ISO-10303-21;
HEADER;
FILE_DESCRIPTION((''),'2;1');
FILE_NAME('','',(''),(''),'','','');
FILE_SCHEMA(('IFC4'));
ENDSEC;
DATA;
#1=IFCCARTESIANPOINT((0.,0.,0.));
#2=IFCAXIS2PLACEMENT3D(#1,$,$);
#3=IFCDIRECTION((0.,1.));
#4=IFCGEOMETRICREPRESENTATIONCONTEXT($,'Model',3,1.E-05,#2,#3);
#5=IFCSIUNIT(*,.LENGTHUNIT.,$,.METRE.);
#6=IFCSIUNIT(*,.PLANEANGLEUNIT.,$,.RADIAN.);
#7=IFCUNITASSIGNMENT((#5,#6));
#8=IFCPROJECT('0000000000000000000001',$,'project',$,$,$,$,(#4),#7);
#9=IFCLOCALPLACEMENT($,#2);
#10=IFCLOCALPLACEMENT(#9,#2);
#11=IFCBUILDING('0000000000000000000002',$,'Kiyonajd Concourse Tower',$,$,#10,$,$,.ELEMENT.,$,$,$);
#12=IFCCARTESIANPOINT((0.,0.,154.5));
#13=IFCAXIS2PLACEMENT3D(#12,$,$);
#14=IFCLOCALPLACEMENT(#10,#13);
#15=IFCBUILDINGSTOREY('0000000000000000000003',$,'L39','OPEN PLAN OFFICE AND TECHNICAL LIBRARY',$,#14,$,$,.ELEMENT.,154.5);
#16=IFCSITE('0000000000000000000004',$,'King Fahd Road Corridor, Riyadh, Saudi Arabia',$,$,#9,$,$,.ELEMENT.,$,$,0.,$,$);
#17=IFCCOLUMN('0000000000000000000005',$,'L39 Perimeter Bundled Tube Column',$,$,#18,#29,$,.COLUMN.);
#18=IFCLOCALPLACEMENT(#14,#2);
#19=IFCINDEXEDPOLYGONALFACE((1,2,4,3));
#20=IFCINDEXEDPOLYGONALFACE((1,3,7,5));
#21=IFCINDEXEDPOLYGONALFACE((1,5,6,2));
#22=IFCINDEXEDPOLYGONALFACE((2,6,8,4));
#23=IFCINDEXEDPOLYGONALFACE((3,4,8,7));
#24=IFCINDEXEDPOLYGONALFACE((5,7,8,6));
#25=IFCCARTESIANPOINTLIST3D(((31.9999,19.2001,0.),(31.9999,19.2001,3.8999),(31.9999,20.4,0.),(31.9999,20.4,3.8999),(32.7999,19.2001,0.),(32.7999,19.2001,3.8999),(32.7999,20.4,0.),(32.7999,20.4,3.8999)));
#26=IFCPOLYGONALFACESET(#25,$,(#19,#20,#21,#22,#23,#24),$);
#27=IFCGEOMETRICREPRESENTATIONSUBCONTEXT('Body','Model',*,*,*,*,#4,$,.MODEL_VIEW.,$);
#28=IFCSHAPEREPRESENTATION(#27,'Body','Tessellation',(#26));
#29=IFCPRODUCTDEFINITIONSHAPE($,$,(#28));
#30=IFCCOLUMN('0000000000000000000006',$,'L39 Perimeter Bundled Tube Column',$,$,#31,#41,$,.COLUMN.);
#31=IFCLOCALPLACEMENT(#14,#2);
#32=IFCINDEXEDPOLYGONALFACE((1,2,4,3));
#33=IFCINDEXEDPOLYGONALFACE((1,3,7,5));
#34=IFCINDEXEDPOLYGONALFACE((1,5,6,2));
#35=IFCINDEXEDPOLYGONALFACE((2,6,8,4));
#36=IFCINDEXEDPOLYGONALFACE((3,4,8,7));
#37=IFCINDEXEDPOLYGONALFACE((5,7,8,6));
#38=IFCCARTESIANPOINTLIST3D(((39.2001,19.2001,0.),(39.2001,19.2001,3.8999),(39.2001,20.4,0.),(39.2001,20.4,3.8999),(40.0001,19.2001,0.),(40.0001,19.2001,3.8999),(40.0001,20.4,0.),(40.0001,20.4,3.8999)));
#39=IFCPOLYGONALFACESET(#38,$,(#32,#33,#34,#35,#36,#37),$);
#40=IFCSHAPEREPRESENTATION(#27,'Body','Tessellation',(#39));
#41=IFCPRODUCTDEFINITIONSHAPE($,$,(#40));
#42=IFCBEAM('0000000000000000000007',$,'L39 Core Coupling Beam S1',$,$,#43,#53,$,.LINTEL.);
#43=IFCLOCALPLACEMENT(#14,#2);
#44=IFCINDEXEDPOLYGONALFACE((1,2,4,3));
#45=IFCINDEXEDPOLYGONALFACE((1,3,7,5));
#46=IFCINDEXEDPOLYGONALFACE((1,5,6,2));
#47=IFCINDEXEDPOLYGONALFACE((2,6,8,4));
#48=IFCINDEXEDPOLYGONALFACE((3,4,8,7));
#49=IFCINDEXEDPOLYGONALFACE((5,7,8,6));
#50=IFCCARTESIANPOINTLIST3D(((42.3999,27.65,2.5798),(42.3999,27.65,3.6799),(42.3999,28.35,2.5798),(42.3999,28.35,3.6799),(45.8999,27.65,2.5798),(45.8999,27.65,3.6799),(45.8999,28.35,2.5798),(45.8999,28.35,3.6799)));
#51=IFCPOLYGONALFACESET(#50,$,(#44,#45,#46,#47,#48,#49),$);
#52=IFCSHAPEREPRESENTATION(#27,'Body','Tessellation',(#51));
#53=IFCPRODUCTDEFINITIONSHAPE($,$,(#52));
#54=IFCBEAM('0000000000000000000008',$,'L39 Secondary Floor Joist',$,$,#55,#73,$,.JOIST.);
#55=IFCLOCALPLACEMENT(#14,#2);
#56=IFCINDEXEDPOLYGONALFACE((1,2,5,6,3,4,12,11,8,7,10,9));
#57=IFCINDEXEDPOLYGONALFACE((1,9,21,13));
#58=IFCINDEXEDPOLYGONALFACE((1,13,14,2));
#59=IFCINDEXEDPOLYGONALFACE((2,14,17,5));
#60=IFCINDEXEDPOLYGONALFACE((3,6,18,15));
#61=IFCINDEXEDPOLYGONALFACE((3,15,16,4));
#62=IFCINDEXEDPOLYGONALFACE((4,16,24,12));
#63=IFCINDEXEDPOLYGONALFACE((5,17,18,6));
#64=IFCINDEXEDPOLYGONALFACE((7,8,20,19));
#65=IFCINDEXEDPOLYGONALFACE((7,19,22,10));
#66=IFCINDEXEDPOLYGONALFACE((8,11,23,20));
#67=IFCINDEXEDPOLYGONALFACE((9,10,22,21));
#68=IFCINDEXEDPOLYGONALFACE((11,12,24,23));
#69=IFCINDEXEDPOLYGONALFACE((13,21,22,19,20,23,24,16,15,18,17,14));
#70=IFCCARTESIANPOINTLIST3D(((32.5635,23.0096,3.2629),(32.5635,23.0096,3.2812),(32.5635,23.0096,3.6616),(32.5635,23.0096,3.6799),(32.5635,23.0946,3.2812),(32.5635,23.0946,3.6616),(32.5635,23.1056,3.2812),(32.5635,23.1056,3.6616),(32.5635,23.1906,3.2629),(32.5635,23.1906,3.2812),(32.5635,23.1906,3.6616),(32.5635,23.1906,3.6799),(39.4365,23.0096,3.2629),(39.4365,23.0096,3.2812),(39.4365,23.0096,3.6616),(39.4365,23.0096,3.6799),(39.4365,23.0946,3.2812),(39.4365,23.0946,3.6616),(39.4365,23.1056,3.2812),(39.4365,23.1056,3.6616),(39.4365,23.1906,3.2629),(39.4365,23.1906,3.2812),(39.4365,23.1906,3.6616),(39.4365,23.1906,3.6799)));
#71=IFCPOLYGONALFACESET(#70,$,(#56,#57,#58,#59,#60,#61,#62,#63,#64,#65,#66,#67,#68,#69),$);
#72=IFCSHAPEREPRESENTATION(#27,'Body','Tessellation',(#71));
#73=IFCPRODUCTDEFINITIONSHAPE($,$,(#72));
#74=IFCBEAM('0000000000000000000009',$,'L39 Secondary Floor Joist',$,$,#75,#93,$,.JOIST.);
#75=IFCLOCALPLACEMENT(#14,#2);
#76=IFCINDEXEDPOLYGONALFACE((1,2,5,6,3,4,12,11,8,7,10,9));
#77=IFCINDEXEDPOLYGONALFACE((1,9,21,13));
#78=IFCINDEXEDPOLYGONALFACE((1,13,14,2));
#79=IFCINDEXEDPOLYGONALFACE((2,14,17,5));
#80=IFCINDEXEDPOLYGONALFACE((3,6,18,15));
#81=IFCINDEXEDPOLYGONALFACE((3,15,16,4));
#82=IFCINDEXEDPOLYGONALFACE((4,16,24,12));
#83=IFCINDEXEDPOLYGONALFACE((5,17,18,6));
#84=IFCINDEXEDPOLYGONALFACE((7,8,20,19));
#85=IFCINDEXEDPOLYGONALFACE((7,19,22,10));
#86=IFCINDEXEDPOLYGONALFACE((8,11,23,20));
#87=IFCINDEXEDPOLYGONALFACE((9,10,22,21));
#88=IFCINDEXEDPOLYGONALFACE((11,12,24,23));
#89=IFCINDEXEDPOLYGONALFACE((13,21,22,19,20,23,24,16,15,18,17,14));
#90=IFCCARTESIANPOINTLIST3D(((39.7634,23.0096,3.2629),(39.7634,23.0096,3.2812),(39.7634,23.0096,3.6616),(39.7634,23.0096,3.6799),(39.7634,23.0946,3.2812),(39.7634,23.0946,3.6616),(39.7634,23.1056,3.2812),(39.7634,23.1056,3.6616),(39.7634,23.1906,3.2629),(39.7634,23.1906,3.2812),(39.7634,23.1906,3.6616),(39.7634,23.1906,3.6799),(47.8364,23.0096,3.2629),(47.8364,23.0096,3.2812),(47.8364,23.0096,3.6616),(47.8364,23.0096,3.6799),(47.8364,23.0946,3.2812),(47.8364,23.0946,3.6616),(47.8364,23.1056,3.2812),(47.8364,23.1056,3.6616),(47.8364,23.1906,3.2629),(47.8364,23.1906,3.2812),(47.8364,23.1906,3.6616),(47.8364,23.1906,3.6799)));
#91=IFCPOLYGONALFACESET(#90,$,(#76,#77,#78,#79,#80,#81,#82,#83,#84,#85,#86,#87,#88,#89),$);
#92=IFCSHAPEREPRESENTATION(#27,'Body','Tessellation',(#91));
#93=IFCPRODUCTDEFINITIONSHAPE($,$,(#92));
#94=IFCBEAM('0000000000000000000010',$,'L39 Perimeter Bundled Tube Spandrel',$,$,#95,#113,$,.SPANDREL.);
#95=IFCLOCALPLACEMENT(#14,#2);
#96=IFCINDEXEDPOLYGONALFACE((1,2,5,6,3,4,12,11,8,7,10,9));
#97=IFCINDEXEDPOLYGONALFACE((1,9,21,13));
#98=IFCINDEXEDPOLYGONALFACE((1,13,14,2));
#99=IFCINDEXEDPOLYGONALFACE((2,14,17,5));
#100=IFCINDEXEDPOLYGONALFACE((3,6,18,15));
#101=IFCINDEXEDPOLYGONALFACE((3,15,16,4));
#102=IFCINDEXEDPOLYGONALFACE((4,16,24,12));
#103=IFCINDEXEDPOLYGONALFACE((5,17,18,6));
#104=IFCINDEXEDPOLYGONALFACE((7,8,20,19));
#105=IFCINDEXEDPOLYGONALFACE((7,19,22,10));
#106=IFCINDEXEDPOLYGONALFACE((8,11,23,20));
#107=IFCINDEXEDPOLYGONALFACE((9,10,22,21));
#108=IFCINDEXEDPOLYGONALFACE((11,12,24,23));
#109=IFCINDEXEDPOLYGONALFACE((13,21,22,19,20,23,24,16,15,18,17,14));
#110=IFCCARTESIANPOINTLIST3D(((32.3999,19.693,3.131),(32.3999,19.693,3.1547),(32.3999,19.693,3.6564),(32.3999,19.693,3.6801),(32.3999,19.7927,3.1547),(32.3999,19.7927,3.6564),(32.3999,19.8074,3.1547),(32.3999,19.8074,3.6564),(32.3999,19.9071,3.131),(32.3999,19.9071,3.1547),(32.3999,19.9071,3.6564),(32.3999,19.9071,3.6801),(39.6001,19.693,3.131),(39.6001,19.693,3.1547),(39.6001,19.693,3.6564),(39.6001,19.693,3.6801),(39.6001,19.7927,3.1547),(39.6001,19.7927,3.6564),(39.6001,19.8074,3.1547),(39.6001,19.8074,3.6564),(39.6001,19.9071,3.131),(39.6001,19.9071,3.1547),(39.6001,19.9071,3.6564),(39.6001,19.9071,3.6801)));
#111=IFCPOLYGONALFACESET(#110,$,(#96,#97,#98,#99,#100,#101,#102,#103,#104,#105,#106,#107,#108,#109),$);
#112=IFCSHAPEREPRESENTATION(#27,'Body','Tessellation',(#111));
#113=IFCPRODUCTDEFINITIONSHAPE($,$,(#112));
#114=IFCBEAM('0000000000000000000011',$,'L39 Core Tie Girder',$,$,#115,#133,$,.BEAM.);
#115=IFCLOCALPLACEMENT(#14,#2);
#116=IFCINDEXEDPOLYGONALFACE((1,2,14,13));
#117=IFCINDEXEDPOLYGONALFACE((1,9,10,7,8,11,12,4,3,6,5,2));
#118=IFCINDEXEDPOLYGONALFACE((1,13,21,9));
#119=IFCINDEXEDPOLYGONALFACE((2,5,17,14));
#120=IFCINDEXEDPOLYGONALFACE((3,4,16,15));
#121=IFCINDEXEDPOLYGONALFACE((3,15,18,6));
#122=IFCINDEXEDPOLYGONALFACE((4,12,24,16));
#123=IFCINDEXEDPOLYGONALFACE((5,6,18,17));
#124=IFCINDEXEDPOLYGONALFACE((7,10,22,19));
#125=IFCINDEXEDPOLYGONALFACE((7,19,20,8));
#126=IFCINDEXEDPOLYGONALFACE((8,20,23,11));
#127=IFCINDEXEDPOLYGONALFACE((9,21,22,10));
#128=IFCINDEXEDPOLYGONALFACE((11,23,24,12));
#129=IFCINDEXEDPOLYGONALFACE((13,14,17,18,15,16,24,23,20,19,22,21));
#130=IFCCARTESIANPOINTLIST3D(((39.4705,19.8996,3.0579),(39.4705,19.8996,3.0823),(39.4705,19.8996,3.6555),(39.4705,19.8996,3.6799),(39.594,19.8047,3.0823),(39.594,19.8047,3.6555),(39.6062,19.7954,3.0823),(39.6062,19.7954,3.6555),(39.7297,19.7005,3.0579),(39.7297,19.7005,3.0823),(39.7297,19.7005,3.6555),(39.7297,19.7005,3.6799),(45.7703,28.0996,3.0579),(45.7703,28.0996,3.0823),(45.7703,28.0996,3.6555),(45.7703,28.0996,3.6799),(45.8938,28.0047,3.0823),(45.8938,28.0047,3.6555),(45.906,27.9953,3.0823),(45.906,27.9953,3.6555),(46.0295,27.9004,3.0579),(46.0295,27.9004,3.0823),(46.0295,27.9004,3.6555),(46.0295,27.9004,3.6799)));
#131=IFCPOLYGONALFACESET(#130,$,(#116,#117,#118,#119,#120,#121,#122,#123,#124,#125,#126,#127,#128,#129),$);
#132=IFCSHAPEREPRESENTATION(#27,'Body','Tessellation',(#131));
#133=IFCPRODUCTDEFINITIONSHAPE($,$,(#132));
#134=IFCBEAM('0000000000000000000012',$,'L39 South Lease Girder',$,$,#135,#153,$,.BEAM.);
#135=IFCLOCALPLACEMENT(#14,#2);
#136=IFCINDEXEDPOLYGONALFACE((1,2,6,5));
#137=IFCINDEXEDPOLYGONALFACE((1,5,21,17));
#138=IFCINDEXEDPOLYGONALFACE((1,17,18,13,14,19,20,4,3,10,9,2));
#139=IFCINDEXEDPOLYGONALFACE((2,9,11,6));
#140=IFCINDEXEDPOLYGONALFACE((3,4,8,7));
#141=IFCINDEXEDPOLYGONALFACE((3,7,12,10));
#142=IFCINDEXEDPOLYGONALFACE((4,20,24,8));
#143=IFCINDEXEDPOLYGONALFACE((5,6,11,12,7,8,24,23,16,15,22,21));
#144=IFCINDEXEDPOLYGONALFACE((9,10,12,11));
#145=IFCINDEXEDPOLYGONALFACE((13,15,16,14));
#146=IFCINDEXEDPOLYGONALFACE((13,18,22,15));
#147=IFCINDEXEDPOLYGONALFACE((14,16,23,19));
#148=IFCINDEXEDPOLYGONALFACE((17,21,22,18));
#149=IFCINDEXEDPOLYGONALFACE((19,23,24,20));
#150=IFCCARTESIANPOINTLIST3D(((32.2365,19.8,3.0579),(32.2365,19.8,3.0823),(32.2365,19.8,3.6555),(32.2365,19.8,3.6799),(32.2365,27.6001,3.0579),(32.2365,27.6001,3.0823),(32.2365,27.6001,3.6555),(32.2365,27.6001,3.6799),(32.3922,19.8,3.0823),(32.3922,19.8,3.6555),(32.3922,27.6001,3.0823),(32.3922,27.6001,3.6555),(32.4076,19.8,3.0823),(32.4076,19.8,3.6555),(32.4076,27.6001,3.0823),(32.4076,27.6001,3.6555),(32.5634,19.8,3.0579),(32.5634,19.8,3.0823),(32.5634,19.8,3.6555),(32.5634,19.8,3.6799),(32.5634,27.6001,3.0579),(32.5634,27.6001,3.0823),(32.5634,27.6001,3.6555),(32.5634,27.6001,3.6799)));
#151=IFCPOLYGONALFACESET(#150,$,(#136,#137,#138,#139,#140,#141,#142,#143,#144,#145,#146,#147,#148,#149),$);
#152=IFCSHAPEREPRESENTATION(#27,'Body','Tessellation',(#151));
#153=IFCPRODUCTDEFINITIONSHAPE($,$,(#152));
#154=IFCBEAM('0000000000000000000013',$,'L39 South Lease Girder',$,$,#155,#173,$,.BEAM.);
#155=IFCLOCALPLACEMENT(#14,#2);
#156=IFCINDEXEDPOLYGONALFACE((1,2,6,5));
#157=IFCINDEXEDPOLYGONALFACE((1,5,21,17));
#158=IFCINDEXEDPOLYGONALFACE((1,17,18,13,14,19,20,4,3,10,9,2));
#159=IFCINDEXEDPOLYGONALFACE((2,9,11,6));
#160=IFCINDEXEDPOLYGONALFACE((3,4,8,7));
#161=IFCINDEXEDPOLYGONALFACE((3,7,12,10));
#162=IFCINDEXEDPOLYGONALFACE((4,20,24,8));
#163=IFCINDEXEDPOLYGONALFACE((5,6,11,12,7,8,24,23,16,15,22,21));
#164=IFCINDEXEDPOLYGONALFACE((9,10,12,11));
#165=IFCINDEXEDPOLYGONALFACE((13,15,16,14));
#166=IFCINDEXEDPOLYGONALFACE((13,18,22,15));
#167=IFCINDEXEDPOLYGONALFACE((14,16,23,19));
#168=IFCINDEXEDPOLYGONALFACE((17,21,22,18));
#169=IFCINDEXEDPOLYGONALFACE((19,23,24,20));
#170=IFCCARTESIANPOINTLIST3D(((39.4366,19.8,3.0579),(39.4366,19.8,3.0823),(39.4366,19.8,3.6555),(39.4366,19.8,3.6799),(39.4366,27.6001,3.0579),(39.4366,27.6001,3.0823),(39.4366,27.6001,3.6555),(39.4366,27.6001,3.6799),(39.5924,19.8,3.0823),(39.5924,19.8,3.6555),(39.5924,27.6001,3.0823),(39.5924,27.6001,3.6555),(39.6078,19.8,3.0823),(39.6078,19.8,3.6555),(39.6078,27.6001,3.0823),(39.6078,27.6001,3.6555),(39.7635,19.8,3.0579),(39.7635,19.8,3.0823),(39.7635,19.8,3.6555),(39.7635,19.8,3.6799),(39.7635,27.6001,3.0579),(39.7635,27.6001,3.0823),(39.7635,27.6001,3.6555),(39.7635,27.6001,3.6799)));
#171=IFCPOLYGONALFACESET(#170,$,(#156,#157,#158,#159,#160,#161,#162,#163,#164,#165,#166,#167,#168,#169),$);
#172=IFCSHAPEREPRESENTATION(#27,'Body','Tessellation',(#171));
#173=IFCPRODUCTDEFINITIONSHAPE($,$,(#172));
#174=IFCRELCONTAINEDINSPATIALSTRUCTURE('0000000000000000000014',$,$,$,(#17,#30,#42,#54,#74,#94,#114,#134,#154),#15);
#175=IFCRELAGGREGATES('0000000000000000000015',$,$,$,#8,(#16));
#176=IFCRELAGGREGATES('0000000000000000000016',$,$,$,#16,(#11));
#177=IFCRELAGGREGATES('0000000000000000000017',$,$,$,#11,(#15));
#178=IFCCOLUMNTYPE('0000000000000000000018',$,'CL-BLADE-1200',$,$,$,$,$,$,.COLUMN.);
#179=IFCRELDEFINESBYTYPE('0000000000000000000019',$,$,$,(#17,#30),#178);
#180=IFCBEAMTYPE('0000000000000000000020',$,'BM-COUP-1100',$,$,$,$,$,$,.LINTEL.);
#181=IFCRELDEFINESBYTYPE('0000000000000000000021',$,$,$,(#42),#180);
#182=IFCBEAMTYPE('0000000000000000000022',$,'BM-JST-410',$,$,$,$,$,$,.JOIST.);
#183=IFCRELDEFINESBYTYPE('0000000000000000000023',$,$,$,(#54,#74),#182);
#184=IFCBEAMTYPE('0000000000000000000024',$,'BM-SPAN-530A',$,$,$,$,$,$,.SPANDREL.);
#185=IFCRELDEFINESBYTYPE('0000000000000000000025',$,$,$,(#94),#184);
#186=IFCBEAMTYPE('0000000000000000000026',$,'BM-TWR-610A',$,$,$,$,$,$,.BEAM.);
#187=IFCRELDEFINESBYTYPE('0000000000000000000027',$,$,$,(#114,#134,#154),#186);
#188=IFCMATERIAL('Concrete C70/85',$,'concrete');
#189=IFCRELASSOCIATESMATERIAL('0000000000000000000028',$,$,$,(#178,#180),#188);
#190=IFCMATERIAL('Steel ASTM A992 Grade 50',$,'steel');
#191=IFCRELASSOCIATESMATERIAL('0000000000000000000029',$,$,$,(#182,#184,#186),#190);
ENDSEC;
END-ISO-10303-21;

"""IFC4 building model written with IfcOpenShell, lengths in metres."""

from ifc_helpers import new_model, si_unit, direction, frame, origin, origin_2d, place, context, subcontext, project, spatial, rectangle, i_section, extrude, material, material_profile, profile_set, type_object, element, save


model = new_model("IFC4")

# Units and contexts
model_context = context("Model", 3, precision=1e-05, world=origin(), true_north=direction((0.0, 1.0)))
body_context = subcontext(model_context, "Body", "Model", "MODEL_VIEW")
ifc_project = project(units=[si_unit("LENGTHUNIT", "METRE"), si_unit("PLANEANGLEUNIT", "RADIAN")], contexts=[model_context])

# Site, building, storey
site_placement = place(None, origin())
site = spatial("IfcSite", under=ifc_project, at=site_placement, Name="King Fahd Road Corridor, Riyadh, Saudi Arabia", CompositionType="ELEMENT", RefElevation=0.0)
building_placement = place(site_placement, origin())
building = spatial("IfcBuilding", under=site, at=building_placement, Name="Kiyonajd Concourse Tower", CompositionType="ELEMENT")
storey_placement = place(building_placement, frame((0.0, 0.0, 154.5)))
storey = spatial("IfcBuildingStorey", under=building, at=storey_placement, Name="L39", Description="OPEN PLAN OFFICE AND TECHNICAL LIBRARY", CompositionType="ELEMENT", Elevation=154.5)

# Columns
ifc_material_1 = material(Name="Concrete C70/85", Category="concrete")
ifc_material_profile_1 = material_profile(ifc_material_1, rectangle(XDim=0.8, YDim=1.2, at=origin_2d()), Name="RC-1200x800")
ifc_profile_set_1 = profile_set([ifc_material_profile_1], Name="Concrete C70/85")
column_type = type_object("IfcColumnType", Name="CL-BLADE-1200", PredefinedType="COLUMN", material=ifc_profile_set_1)
for number, where, z_axis, x_axis, name in (
    (1, (32.3999, 19.8, 0.0), (0.0, 0.0, 1.0), (1.0, 0.0, 0.0), "L39 Perimeter Bundled Tube Column"),
    (2, (39.6001, 19.8, 0.0), (0.0, 0.0, 1.0), (1.0, 0.0, 0.0), "L39 Perimeter Bundled Tube Column"),
):
    element("IfcColumn", number, at=place(storey_placement, frame(where, z_axis=z_axis, x_axis=x_axis)), inside=storey, type_object=column_type, Name=name, PredefinedType="COLUMN", context=body_context, shape_type="SweptSolid", body=[
        extrude(rectangle(XDim=0.8, YDim=1.2, at=origin_2d()), origin(), (0.0, 0.0, 1.0), 3.8999),
    ])

# Beams
ifc_material_profile_2 = material_profile(ifc_material_1, rectangle(XDim=0.7, YDim=1.1001, at=origin_2d()), Name="RCBM-700x1100")
ifc_profile_set_2 = profile_set([ifc_material_profile_2], Name="Concrete C70/85")
beam_type_1 = type_object("IfcBeamType", Name="BM-COUP-1100", PredefinedType="LINTEL", material=ifc_profile_set_2)
beam_1_placement = place(storey_placement, frame((42.3999, 28.0, 3.1299), z_axis=(1.0, 0.0, 0.0), x_axis=(0.0, 1.0, 0.0)))
element("IfcBeam", 3, at=beam_1_placement, inside=storey, type_object=beam_type_1, Name="L39 Core Coupling Beam S1", PredefinedType="LINTEL", context=body_context, shape_type="SweptSolid", body=[
    extrude(rectangle(XDim=0.7, YDim=1.1001, at=origin_2d()), origin(), (0.0, 0.0, 1.0), 3.5),
])
ifc_material_2 = material(Name="Steel ASTM A992 Grade 50", Category="steel")
ifc_material_profile_3 = material_profile(ifc_material_2, i_section(OverallWidth=0.1809, OverallDepth=0.417, WebThickness=0.011, FlangeThickness=0.0183, at=origin_2d()), Name="W410X85")
ifc_profile_set_3 = profile_set([ifc_material_profile_3], Name="Steel ASTM A992 Grade 50")
beam_type_2 = type_object("IfcBeamType", Name="BM-JST-410", PredefinedType="JOIST", material=ifc_profile_set_3)
beam_2_placement = place(storey_placement, frame((32.5635, 23.1001, 3.4714), z_axis=(1.0, 0.0, 0.0), x_axis=(0.0, 1.0, 0.0)))
element("IfcBeam", 4, at=beam_2_placement, inside=storey, type_object=beam_type_2, Name="L39 Secondary Floor Joist", PredefinedType="JOIST", context=body_context, shape_type="SweptSolid", body=[
    extrude(i_section(OverallWidth=0.1809, OverallDepth=0.417, WebThickness=0.011, FlangeThickness=0.0183, at=origin_2d()), origin(), (0.0, 0.0, 1.0), 6.873),
])
beam_3_placement = place(storey_placement, frame((39.7634, 23.1001, 3.4714), z_axis=(1.0, 0.0, 0.0), x_axis=(0.0, 1.0, 0.0)))
element("IfcBeam", 5, at=beam_3_placement, inside=storey, type_object=beam_type_2, Name="L39 Secondary Floor Joist", PredefinedType="JOIST", context=body_context, shape_type="SweptSolid", body=[
    extrude(i_section(OverallWidth=0.1809, OverallDepth=0.417, WebThickness=0.011, FlangeThickness=0.0183, at=origin_2d()), origin(), (0.0, 0.0, 1.0), 8.073),
])
ifc_material_profile_4 = material_profile(ifc_material_2, i_section(OverallWidth=0.2141, OverallDepth=0.5491, WebThickness=0.0146, FlangeThickness=0.0237, at=origin_2d()), Name="W530X138")
ifc_profile_set_4 = profile_set([ifc_material_profile_4], Name="Steel ASTM A992 Grade 50")
beam_type_3 = type_object("IfcBeamType", Name="BM-SPAN-530A", PredefinedType="SPANDREL", material=ifc_profile_set_4)
beam_4_placement = place(storey_placement, frame((32.3999, 19.8, 3.4055), z_axis=(1.0, 0.0, 0.0), x_axis=(0.0, 1.0, 0.0)))
element("IfcBeam", 6, at=beam_4_placement, inside=storey, type_object=beam_type_3, Name="L39 Perimeter Bundled Tube Spandrel", PredefinedType="SPANDREL", context=body_context, shape_type="SweptSolid", body=[
    extrude(i_section(OverallWidth=0.2141, OverallDepth=0.5491, WebThickness=0.0146, FlangeThickness=0.0237, at=origin_2d()), origin(), (0.0, 0.0, 1.0), 7.2002),
])
ifc_material_profile_5 = material_profile(ifc_material_2, i_section(OverallWidth=0.3269, OverallDepth=0.6221, WebThickness=0.0154, FlangeThickness=0.0244, at=origin_2d()), Name="W610X195")
ifc_profile_set_5 = profile_set([ifc_material_profile_5], Name="Steel ASTM A992 Grade 50")
beam_type_4 = type_object("IfcBeamType", Name="BM-TWR-610A", PredefinedType="BEAM", material=ifc_profile_set_5)
beam_5_placement = place(storey_placement, frame((39.6001, 19.8, 3.3689), z_axis=(0.609234, 0.792991, 0.0), x_axis=(-0.792991, 0.609234, 0.0)))
element("IfcBeam", 7, at=beam_5_placement, inside=storey, type_object=beam_type_4, Name="L39 Core Tie Girder", PredefinedType="BEAM", context=body_context, shape_type="SweptSolid", body=[
    extrude(i_section(OverallWidth=0.3269, OverallDepth=0.6221, WebThickness=0.0154, FlangeThickness=0.0244, at=origin_2d()), origin(), (0.0, 0.0, 1.0), 10.3406),
])
for number, where, z_axis, x_axis, name in (
    (8, (32.3999, 19.8, 3.3689), (0.0, 1.0, 0.0), (-1.0, 0.0, 0.0), "L39 South Lease Girder"),
    (9, (39.6001, 19.8, 3.3689), (0.0, 1.0, 0.0), (-1.0, 0.0, 0.0), "L39 South Lease Girder"),
):
    element("IfcBeam", number, at=place(storey_placement, frame(where, z_axis=z_axis, x_axis=x_axis)), inside=storey, type_object=beam_type_4, Name=name, PredefinedType="BEAM", context=body_context, shape_type="SweptSolid", body=[
        extrude(i_section(OverallWidth=0.3269, OverallDepth=0.6221, WebThickness=0.0154, FlangeThickness=0.0244, at=origin_2d()), origin(), (0.0, 0.0, 1.0), 7.8),
    ])

save(model, "model.ifc")
